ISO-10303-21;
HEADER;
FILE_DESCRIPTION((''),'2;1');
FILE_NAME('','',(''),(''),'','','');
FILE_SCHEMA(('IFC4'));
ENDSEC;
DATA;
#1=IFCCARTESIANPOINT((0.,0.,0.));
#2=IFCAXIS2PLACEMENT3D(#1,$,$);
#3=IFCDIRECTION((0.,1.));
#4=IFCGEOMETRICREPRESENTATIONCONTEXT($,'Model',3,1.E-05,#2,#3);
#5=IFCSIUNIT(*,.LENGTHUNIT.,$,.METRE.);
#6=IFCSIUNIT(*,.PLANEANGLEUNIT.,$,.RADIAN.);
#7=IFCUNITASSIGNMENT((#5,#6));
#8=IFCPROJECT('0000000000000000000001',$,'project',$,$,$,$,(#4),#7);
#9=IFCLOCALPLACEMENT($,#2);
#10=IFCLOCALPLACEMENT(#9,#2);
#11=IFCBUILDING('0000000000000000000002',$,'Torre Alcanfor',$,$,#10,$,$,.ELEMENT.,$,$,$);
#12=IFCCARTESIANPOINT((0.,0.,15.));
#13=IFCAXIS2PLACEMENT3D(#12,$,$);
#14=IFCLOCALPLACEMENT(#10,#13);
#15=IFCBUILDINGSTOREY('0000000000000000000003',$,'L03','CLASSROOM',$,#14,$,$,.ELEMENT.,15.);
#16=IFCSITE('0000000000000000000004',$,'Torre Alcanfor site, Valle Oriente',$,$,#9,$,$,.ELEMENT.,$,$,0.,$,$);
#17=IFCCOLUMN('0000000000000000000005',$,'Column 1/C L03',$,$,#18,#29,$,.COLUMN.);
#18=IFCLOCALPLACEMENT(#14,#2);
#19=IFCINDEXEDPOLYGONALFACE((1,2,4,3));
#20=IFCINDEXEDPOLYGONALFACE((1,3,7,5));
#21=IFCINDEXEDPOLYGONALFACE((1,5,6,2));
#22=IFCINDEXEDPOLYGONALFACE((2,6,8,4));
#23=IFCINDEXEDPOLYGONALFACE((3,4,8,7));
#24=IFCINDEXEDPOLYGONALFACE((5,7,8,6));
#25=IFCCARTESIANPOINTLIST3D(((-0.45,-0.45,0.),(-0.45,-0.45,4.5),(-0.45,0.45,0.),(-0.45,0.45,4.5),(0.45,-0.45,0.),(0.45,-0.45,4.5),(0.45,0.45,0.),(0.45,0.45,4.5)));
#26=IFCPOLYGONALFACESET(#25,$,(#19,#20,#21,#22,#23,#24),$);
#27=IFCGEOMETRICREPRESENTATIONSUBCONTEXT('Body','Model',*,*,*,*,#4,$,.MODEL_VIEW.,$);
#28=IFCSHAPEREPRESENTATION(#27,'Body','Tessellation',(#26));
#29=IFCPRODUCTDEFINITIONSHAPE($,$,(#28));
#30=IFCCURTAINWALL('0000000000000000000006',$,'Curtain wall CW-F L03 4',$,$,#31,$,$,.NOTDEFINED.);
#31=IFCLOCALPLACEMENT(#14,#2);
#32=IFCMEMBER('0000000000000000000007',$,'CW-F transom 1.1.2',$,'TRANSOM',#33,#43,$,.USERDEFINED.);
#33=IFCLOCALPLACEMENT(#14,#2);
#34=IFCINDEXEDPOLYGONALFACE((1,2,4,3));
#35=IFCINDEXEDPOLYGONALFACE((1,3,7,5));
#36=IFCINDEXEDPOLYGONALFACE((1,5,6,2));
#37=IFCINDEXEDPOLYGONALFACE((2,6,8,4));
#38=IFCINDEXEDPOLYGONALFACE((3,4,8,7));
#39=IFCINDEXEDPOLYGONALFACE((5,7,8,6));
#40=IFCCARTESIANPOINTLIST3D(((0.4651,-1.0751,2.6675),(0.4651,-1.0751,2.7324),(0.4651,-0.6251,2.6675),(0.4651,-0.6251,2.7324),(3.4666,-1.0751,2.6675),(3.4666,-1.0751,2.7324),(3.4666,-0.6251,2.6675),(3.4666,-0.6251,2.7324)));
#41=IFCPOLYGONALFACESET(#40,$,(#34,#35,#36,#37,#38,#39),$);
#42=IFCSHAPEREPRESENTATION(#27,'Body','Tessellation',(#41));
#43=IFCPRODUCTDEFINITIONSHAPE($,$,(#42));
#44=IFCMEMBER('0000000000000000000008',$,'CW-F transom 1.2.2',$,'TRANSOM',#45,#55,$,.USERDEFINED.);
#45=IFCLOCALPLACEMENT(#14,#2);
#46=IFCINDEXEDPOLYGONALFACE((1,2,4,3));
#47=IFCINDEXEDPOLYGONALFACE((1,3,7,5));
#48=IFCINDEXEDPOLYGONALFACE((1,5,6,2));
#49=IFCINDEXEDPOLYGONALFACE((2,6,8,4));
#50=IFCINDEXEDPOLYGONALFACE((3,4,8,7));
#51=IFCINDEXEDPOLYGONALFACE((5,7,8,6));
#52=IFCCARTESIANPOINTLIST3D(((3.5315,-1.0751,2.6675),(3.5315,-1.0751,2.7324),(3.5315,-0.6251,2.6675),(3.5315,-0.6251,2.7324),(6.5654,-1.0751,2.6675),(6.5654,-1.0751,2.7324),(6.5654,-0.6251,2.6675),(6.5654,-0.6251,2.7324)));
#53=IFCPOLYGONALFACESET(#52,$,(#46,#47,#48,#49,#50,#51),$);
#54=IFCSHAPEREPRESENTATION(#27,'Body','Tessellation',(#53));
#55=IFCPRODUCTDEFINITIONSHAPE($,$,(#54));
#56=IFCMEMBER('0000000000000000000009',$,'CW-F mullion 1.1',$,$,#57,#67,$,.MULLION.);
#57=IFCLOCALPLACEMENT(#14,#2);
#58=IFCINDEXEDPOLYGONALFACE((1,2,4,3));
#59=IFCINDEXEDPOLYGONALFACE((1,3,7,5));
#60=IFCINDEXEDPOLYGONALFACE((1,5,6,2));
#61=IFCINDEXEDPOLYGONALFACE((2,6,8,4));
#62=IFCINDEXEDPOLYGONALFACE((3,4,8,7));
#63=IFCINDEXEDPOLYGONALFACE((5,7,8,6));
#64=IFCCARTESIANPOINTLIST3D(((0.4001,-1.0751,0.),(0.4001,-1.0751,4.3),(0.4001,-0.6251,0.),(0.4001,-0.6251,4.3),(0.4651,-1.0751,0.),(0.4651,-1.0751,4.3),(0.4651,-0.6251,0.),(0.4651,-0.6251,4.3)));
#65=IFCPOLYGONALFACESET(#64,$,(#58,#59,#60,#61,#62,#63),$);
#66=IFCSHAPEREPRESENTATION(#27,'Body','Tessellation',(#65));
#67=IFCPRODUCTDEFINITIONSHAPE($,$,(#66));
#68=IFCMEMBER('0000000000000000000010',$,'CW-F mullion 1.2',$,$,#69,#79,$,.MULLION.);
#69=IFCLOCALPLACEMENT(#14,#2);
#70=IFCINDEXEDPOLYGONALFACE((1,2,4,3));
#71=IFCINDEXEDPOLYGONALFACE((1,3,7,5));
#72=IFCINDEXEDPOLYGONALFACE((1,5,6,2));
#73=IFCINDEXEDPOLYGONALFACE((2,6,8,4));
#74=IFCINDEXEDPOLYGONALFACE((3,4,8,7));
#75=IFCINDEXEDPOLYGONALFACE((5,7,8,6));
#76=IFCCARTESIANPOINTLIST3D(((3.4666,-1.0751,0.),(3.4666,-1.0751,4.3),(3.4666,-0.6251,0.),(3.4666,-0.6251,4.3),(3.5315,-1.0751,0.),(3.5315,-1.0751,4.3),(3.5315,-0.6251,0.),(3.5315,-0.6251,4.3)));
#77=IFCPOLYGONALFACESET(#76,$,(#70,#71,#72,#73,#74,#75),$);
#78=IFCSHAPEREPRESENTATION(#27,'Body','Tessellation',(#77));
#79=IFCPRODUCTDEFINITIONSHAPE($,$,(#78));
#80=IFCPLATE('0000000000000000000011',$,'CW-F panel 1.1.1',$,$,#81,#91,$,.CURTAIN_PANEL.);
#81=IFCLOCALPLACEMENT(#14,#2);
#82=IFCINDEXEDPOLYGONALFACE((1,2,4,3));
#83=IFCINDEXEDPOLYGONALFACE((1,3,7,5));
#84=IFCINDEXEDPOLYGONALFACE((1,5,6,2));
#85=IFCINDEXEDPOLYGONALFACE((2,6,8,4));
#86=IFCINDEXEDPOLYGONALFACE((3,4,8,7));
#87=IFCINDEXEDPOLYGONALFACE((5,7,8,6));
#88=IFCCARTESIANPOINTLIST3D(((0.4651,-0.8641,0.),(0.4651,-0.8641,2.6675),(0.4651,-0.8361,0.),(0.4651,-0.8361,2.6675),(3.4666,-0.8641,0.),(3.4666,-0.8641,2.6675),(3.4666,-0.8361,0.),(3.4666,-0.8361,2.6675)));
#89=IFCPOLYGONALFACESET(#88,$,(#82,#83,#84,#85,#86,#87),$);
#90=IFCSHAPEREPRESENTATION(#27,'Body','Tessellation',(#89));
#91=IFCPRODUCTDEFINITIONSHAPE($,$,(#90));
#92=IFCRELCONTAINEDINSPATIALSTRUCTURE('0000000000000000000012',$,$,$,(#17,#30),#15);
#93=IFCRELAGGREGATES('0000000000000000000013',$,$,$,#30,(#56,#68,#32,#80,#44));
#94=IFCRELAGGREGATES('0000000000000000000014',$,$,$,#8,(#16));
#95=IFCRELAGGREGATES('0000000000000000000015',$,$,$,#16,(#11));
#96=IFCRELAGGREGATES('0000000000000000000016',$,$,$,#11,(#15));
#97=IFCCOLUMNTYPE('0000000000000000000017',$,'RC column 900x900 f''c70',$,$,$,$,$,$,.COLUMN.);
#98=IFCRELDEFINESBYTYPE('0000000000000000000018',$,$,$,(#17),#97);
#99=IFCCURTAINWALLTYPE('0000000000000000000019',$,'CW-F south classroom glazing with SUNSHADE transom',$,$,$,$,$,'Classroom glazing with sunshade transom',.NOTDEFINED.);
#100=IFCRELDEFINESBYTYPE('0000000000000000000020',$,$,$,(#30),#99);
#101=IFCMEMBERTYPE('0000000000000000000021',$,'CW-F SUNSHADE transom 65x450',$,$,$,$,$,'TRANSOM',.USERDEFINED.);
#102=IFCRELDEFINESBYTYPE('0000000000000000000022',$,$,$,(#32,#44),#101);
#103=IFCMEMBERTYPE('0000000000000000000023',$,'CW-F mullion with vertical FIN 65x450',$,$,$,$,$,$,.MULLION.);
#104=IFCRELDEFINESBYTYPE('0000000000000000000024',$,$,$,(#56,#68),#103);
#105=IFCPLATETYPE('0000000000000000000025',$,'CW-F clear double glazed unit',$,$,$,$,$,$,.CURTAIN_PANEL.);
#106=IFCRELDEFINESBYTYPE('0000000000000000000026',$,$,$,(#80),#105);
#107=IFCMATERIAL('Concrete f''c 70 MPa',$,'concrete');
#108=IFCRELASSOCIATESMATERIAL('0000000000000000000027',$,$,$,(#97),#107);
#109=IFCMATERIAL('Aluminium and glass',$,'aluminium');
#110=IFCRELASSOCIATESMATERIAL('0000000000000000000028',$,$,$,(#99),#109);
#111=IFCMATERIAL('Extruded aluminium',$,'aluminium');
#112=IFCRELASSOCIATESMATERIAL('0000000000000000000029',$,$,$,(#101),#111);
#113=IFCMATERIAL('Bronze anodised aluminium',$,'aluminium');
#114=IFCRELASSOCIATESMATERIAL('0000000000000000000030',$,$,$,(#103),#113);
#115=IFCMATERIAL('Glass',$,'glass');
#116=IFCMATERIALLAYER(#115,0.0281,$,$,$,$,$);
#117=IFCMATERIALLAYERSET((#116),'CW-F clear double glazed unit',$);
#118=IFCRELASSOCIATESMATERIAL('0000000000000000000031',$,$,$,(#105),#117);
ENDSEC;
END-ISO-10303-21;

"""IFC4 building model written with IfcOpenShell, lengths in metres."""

from ifc_helpers import new_model, si_unit, direction, frame, origin, origin_with_axes, origin_2d, place, context, subcontext, project, spatial, rectangle, extrude, material, layer, layer_set, material_profile, profile_set, type_object, element, aggregate, save


model = new_model("IFC4")

# Units and contexts
model_context = context("Model", 3, precision=1e-05, world=origin(), true_north=direction((0.0, 1.0)))
body_context = subcontext(model_context, "Body", "Model", "MODEL_VIEW")
ifc_project = project(units=[si_unit("LENGTHUNIT", "METRE"), si_unit("PLANEANGLEUNIT", "RADIAN")], contexts=[model_context])

# Site, building, storey
site_placement = place(None, origin())
site = spatial("IfcSite", under=ifc_project, at=site_placement, Name="Torre Alcanfor site, Valle Oriente", CompositionType="ELEMENT", RefElevation=0.0)
building_placement = place(site_placement, origin())
building = spatial("IfcBuilding", under=site, at=building_placement, Name="Torre Alcanfor", CompositionType="ELEMENT")
storey_placement = place(building_placement, frame((0.0, 0.0, 15.0)))
storey = spatial("IfcBuildingStorey", under=building, at=storey_placement, Name="L03", Description="CLASSROOM", CompositionType="ELEMENT", Elevation=15.0)

# Column
ifc_material_1 = material(Name="Concrete f'c 70 MPa", Category="concrete")
ifc_material_profile_1 = material_profile(ifc_material_1, rectangle(XDim=0.8999, YDim=0.8999, at=origin_2d()), Name="900x900")
ifc_profile_set_1 = profile_set([ifc_material_profile_1], Name="Concrete f'c 70 MPa")
column_type = type_object("IfcColumnType", Name="RC column 900x900 f'c70", PredefinedType="COLUMN", material=ifc_profile_set_1)
column_placement = place(storey_placement, origin_with_axes())
element("IfcColumn", 1, at=column_placement, inside=storey, type_object=column_type, Name="Column 1/C L03", PredefinedType="COLUMN", context=body_context, shape_type="SweptSolid", body=[
    extrude(rectangle(XDim=0.8999, YDim=0.8999, at=origin_2d()), origin(), (0.0, 0.0, 1.0), 4.5),
])

# Curtain wall, members, plate
ifc_material_2 = material(Name="Aluminium and glass", Category="aluminium")
curtain_wall_type = type_object("IfcCurtainWallType", Name="CW-F south classroom glazing with SUNSHADE transom", ElementType="Classroom glazing with sunshade transom", PredefinedType="NOTDEFINED", material=ifc_material_2)
curtain_wall_placement = place(storey_placement, origin())
curtain_wall = element("IfcCurtainWall", 2, at=curtain_wall_placement, inside=storey, type_object=curtain_wall_type, Name="Curtain wall CW-F L03 4", PredefinedType="NOTDEFINED")
ifc_material_3 = material(Name="Extruded aluminium", Category="aluminium")
ifc_material_profile_2 = material_profile(ifc_material_3, rectangle(XDim=0.45, YDim=0.0649, at=origin_2d()), Name="CW-F transom 450x65")
ifc_profile_set_2 = profile_set([ifc_material_profile_2], Name="Extruded aluminium")
member_type_1 = type_object("IfcMemberType", Name="CW-F SUNSHADE transom 65x450", ElementType="TRANSOM", PredefinedType="USERDEFINED", material=ifc_profile_set_2)
member_1_placement = place(storey_placement, frame((0.4651, -0.8501, 2.7), z_axis=(1.0, 0.0, 0.0), x_axis=(0.0, 1.0, 0.0)))
member_1 = element("IfcMember", 3, at=member_1_placement, type_object=member_type_1, Name="CW-F transom 1.1.2", ObjectType="TRANSOM", PredefinedType="USERDEFINED", context=body_context, shape_type="SweptSolid", body=[
    extrude(rectangle(XDim=0.45, YDim=0.0649, at=origin_2d()), origin(), (0.0, 0.0, 1.0), 3.0015),
])
member_2_placement = place(storey_placement, frame((3.5315, -0.8501, 2.7), z_axis=(1.0, 0.0, 0.0), x_axis=(0.0, 1.0, 0.0)))
member_2 = element("IfcMember", 4, at=member_2_placement, type_object=member_type_1, Name="CW-F transom 1.2.2", ObjectType="TRANSOM", PredefinedType="USERDEFINED", context=body_context, shape_type="SweptSolid", body=[
    extrude(rectangle(XDim=0.45, YDim=0.0649, at=origin_2d()), origin(), (0.0, 0.0, 1.0), 3.0339),
])
ifc_material_4 = material(Name="Bronze anodised aluminium", Category="aluminium")
ifc_material_profile_3 = material_profile(ifc_material_4, rectangle(XDim=0.45, YDim=0.0649, at=origin_2d()), Name="CW-F mullion 65x450")
ifc_profile_set_3 = profile_set([ifc_material_profile_3], Name="Bronze anodised aluminium")
member_type_2 = type_object("IfcMemberType", Name="CW-F mullion with vertical FIN 65x450", PredefinedType="MULLION", material=ifc_profile_set_3)
member_3_placement = place(storey_placement, frame((0.4326, -0.8501, 0.0), z_axis=(0.0, 0.0, 1.0), x_axis=(0.0, 1.0, 0.0)))
member_3 = element("IfcMember", 5, at=member_3_placement, type_object=member_type_2, Name="CW-F mullion 1.1", PredefinedType="MULLION", context=body_context, shape_type="SweptSolid", body=[
    extrude(rectangle(XDim=0.45, YDim=0.0649, at=origin_2d()), origin(), (0.0, 0.0, 1.0), 4.3),
])
member_4_placement = place(storey_placement, frame((3.499, -0.8501, 0.0), z_axis=(0.0, 0.0, 1.0), x_axis=(0.0, 1.0, 0.0)))
member_4 = element("IfcMember", 6, at=member_4_placement, type_object=member_type_2, Name="CW-F mullion 1.2", PredefinedType="MULLION", context=body_context, shape_type="SweptSolid", body=[
    extrude(rectangle(XDim=0.45, YDim=0.0649, at=origin_2d()), origin(), (0.0, 0.0, 1.0), 4.3),
])
ifc_material_5 = material(Name="Glass", Category="glass")
ifc_layer_1 = layer(ifc_material_5, 0.0281)
ifc_layer_set_1 = layer_set([ifc_layer_1], Name="CW-F clear double glazed unit")
plate_type = type_object("IfcPlateType", Name="CW-F clear double glazed unit", PredefinedType="CURTAIN_PANEL", material=ifc_layer_set_1)
plate_placement = place(storey_placement, frame((1.9658, -0.8501, 0.0), z_axis=(0.0, 0.0, 1.0), x_axis=(1.0, 0.0, 0.0)))
plate = element("IfcPlate", 7, at=plate_placement, type_object=plate_type, Name="CW-F panel 1.1.1", PredefinedType="CURTAIN_PANEL", context=body_context, shape_type="SweptSolid", body=[
    extrude(rectangle(XDim=3.0015, YDim=0.0281, at=origin_2d()), origin(), (0.0, 0.0, 1.0), 2.6675),
])
aggregate(curtain_wall, [member_3, member_4, member_1, plate, member_2])

save(model, "model.ifc")
